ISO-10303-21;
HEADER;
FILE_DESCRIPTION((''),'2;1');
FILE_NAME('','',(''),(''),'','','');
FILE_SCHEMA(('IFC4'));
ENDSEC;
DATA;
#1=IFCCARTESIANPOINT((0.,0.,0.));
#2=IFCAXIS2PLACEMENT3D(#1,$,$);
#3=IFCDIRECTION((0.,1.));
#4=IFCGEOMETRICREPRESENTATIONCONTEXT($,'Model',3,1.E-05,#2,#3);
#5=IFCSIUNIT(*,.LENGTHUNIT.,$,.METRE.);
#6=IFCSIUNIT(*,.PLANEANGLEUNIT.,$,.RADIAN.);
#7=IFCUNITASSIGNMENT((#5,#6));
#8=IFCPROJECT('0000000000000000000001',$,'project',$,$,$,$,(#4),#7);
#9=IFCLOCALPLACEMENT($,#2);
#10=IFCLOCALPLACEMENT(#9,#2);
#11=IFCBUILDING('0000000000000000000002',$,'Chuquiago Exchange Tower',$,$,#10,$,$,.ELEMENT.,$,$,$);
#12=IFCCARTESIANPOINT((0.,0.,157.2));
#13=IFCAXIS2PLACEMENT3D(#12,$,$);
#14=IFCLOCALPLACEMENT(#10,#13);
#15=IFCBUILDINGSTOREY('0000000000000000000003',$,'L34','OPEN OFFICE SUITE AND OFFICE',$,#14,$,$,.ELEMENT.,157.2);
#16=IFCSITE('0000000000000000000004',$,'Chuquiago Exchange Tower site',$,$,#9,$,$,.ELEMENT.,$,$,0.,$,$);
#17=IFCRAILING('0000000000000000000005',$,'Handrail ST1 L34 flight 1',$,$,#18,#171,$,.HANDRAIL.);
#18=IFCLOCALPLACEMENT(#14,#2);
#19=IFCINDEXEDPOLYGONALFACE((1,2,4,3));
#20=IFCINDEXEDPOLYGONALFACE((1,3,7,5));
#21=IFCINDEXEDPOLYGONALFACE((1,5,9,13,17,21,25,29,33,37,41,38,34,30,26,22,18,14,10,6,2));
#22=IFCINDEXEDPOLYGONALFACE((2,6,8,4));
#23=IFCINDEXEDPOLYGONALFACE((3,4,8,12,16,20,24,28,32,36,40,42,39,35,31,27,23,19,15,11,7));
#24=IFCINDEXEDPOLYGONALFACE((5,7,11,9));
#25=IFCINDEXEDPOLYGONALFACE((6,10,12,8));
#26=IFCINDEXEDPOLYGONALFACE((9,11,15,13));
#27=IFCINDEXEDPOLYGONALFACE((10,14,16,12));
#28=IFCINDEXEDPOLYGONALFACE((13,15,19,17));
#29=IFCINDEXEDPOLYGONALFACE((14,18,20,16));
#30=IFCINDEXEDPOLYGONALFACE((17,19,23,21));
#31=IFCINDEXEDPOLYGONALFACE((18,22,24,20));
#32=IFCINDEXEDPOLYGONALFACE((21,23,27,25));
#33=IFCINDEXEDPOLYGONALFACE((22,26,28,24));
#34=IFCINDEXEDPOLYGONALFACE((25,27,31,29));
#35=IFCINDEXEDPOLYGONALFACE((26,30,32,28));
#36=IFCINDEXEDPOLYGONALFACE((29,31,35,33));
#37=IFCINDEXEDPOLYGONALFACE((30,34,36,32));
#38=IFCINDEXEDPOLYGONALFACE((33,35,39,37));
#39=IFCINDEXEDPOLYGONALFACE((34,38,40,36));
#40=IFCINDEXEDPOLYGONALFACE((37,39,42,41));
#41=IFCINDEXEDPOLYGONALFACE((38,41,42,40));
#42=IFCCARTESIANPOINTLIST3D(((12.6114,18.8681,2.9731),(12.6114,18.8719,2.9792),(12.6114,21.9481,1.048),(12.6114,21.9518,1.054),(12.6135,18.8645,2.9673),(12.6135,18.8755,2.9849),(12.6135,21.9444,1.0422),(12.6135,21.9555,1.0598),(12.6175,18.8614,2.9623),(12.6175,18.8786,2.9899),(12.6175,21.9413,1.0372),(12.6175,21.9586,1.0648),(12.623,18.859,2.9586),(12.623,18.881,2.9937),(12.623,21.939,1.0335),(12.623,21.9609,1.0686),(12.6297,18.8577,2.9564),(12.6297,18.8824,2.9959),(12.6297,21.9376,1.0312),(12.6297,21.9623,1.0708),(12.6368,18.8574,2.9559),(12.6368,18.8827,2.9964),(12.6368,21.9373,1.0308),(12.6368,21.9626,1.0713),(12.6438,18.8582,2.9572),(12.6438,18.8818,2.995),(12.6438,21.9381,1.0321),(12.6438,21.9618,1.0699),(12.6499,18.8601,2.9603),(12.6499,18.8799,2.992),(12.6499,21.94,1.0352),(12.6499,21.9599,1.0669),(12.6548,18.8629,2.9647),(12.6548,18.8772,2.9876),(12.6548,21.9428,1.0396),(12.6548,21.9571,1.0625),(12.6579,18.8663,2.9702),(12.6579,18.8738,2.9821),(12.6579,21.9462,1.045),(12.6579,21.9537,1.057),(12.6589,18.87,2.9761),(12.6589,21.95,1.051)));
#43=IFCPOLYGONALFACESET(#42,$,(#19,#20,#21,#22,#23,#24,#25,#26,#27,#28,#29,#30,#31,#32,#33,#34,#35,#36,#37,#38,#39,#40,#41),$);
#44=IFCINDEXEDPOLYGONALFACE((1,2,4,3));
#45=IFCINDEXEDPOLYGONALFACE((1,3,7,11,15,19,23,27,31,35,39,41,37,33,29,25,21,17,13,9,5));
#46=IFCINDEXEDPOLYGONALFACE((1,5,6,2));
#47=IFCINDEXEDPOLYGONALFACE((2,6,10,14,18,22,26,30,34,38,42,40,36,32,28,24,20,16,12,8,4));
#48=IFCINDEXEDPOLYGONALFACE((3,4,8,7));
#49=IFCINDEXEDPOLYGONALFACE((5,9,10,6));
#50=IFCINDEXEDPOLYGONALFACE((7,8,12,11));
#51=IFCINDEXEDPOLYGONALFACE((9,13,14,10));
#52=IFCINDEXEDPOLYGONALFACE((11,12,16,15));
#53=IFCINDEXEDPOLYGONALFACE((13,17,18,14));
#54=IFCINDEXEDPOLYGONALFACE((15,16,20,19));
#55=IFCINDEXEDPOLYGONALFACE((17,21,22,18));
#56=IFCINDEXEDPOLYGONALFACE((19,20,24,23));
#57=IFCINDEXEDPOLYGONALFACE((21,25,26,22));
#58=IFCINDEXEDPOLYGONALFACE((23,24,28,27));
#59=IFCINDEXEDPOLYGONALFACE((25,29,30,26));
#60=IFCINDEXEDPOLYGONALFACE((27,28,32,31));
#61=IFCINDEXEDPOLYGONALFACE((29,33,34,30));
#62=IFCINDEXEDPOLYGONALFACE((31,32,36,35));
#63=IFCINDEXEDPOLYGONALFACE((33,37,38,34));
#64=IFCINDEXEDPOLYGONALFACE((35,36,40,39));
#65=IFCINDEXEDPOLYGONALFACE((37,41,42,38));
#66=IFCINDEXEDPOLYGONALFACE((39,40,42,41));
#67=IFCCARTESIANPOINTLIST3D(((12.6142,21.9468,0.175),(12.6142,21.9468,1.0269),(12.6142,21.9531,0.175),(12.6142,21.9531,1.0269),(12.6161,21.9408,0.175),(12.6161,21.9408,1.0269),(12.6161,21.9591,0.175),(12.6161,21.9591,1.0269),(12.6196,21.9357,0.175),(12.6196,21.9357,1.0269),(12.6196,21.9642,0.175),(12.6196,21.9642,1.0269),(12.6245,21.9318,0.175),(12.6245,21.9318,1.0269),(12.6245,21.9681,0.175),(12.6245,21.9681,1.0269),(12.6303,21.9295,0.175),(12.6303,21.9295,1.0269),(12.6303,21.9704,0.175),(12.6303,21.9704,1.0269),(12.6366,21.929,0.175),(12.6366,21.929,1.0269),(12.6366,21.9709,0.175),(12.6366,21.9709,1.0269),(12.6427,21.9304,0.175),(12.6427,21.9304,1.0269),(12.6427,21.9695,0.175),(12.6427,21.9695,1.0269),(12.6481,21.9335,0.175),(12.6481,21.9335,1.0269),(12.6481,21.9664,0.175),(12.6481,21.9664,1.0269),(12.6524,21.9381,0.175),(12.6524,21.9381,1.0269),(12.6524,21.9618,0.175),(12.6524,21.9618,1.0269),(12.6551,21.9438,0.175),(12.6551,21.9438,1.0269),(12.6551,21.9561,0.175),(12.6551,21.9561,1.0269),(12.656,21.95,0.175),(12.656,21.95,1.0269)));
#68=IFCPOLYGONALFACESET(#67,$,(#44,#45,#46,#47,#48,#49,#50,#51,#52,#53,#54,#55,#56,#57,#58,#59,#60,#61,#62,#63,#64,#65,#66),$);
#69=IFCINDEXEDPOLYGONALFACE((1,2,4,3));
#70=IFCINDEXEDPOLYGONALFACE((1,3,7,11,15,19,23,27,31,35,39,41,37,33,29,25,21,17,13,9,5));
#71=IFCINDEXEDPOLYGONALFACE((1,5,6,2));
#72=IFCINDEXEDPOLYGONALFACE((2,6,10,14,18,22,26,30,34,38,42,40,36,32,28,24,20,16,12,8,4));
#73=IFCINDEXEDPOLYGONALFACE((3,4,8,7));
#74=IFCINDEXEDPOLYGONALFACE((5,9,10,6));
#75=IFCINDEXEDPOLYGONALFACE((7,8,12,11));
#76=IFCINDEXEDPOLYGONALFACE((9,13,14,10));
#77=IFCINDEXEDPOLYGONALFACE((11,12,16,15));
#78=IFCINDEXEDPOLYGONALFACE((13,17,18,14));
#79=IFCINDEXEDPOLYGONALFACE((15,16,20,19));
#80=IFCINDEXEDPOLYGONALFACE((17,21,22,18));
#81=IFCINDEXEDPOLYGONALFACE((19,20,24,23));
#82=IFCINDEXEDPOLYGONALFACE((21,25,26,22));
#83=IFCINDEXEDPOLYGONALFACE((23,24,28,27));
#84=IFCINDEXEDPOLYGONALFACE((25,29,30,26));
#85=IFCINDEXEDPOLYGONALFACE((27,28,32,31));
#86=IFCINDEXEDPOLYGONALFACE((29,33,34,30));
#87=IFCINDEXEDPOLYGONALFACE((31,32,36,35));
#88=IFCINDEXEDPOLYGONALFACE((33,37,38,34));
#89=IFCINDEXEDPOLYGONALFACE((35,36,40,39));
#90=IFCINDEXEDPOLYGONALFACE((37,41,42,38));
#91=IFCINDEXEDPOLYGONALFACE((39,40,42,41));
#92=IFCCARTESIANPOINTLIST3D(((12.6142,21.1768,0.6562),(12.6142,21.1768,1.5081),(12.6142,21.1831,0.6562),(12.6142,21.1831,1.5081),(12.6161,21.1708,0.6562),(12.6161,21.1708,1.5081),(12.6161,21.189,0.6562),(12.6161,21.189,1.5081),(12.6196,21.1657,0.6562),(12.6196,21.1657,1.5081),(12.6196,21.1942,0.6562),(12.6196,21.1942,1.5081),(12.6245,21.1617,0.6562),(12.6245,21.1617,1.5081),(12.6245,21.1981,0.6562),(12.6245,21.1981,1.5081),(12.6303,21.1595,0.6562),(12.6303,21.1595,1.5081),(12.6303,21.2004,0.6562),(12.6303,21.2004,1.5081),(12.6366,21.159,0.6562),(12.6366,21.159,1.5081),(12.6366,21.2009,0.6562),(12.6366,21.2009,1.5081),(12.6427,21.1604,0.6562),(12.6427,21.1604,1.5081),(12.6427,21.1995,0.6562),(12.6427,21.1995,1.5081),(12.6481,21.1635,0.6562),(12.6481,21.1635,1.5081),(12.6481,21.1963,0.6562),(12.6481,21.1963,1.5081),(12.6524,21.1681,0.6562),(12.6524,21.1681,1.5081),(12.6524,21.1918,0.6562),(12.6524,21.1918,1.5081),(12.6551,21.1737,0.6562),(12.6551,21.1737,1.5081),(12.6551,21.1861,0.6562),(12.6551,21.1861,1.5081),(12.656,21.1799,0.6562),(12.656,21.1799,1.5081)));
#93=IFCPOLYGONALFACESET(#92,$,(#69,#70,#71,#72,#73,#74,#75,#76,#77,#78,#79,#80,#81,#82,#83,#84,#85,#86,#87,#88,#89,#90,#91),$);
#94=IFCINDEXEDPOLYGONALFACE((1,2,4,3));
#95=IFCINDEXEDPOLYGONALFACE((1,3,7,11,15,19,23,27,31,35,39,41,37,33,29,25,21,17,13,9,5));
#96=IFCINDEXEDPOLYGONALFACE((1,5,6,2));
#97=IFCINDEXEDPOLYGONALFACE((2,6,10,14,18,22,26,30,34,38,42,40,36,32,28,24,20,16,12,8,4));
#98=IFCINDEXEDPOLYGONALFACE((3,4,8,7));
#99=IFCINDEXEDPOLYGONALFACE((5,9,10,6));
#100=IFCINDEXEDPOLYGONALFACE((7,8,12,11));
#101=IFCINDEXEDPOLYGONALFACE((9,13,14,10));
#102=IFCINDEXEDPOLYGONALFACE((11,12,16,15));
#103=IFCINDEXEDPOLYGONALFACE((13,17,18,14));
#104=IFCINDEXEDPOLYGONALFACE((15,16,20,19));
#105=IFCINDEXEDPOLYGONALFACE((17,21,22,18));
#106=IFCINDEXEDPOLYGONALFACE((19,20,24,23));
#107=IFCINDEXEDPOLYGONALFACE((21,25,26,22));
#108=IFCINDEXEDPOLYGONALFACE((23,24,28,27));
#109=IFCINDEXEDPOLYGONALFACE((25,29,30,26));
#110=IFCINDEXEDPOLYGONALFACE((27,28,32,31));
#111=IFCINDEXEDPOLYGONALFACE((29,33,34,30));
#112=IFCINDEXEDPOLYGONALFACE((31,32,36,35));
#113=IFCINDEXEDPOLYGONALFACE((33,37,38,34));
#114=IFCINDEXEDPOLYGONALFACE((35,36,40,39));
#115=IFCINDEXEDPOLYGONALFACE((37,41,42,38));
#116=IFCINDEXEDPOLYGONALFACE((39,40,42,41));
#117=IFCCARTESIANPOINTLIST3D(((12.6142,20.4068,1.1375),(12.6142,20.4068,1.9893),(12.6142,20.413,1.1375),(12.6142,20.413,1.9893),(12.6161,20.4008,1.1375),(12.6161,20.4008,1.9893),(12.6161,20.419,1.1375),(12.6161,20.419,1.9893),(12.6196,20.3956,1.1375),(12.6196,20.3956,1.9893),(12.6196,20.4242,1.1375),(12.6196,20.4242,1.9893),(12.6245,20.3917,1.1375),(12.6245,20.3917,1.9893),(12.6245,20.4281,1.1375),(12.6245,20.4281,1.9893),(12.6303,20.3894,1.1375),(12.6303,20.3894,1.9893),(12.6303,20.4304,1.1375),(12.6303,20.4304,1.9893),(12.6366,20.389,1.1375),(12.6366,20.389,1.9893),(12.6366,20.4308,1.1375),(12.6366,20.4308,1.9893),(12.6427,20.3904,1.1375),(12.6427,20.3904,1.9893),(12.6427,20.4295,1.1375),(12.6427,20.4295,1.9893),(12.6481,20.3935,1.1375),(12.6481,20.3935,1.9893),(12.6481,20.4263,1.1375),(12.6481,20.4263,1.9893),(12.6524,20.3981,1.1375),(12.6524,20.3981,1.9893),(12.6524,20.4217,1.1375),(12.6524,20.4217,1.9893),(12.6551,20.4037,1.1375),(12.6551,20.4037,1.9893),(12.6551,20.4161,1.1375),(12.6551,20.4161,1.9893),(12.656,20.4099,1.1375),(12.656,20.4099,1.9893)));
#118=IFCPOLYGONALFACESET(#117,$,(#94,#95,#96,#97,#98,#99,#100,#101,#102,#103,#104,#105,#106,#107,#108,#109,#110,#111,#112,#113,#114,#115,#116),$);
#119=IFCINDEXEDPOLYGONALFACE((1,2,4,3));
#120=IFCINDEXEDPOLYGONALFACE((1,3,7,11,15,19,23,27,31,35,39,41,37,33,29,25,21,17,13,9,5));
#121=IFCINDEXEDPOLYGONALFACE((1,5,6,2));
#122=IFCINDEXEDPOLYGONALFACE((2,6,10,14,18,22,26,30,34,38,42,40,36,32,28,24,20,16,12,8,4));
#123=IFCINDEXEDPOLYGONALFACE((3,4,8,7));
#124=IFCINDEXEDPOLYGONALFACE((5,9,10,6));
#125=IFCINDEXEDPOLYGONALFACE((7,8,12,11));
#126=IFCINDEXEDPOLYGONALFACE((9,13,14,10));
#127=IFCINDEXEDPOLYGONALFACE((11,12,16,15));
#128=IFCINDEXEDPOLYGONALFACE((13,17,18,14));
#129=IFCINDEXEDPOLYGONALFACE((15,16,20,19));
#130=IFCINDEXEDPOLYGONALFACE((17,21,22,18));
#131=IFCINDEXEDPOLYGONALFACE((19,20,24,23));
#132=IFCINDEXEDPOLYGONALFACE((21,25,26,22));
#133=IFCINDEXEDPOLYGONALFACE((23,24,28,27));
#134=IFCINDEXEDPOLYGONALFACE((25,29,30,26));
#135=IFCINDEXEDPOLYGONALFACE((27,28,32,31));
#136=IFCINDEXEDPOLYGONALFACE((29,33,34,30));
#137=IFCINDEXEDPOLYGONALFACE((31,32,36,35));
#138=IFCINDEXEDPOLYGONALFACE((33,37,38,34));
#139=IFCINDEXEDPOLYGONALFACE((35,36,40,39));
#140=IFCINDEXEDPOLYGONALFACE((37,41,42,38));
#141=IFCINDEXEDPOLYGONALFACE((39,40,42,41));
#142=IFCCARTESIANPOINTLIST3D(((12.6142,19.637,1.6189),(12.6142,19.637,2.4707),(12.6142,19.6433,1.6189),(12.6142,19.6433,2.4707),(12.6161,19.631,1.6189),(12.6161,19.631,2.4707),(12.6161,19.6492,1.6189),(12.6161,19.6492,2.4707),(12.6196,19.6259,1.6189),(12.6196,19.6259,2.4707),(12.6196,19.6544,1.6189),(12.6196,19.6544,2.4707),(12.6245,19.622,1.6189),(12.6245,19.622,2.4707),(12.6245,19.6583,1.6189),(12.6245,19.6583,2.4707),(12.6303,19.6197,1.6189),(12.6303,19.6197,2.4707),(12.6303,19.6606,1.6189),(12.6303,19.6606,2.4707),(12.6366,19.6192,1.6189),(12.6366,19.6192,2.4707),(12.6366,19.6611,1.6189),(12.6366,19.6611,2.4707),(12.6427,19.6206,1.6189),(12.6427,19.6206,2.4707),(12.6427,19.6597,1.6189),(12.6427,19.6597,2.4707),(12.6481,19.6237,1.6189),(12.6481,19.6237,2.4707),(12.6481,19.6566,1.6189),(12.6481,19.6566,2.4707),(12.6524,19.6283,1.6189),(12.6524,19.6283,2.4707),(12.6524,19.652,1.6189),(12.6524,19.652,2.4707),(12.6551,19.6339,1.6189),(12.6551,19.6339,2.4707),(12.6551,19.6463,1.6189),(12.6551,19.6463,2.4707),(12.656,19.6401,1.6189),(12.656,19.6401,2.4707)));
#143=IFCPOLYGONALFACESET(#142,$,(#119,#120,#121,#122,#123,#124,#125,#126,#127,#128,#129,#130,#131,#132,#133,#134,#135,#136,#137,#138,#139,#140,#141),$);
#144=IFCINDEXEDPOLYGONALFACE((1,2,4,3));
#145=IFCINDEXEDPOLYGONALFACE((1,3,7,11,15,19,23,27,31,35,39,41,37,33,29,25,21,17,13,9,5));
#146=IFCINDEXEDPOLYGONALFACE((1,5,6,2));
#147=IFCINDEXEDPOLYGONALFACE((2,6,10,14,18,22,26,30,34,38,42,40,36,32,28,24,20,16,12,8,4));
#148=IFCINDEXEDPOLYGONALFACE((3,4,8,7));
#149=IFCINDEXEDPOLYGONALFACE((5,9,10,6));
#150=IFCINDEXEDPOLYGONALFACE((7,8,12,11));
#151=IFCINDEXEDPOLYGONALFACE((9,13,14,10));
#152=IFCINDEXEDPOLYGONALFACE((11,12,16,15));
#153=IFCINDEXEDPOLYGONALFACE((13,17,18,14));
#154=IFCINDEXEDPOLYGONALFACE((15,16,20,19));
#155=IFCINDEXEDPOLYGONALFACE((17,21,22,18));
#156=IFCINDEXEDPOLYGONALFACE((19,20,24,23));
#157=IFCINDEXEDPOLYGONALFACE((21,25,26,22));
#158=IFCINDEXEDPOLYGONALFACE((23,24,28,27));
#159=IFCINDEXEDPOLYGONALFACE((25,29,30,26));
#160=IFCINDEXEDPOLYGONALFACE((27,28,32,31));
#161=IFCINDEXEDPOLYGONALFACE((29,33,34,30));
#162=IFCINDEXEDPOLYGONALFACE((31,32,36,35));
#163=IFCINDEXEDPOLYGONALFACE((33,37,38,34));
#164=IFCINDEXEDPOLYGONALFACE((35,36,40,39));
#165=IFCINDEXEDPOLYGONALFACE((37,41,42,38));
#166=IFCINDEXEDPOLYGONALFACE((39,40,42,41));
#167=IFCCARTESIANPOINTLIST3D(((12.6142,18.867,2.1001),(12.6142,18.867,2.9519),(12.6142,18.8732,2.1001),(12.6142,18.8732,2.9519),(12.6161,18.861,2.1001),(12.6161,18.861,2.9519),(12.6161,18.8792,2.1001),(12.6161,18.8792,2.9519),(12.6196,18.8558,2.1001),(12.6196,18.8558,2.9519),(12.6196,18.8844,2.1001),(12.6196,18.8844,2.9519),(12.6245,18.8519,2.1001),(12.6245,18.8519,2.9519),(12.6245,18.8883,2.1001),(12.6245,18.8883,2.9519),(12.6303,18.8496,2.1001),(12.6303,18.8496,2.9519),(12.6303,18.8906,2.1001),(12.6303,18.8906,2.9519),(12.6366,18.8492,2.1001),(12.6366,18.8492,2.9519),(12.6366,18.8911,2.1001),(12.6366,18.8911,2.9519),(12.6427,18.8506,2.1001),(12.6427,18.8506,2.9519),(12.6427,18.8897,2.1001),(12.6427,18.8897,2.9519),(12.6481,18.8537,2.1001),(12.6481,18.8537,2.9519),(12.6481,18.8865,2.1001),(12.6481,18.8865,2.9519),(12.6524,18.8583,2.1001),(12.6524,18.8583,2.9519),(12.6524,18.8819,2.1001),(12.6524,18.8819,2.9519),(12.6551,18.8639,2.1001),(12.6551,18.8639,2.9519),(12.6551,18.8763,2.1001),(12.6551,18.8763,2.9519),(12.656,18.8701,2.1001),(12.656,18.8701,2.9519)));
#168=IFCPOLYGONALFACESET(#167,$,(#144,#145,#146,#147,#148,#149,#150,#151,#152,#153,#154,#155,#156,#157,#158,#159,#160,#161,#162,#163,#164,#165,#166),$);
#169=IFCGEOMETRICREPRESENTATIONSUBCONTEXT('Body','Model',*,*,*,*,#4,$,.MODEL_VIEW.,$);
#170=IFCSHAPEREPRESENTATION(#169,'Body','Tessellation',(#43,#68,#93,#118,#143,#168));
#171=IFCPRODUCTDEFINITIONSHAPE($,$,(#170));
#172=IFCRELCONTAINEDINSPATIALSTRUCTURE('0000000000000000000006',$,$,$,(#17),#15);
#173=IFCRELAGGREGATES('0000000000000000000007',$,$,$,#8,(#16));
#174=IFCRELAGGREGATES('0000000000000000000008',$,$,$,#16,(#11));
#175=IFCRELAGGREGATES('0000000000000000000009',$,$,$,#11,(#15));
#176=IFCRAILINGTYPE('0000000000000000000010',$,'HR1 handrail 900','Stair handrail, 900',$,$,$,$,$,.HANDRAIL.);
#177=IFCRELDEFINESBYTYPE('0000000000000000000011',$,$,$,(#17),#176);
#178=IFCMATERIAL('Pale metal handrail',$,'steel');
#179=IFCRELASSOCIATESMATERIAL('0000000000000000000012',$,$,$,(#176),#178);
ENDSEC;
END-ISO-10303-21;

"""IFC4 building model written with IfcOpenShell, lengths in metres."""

from ifc_helpers import new_model, si_unit, direction, frame, origin, origin_2d, place, context, subcontext, project, spatial, circle, extrude, material, type_object, element, save


model = new_model("IFC4")

# Units and contexts
model_context = context("Model", 3, precision=1e-05, world=origin(), true_north=direction((0.0, 1.0)))
body_context = subcontext(model_context, "Body", "Model", "MODEL_VIEW")
ifc_project = project(units=[si_unit("LENGTHUNIT", "METRE"), si_unit("PLANEANGLEUNIT", "RADIAN")], contexts=[model_context])

# Site, building, storey
site_placement = place(None, origin())
site = spatial("IfcSite", under=ifc_project, at=site_placement, Name="Chuquiago Exchange Tower site", CompositionType="ELEMENT", RefElevation=0.0)
building_placement = place(site_placement, origin())
building = spatial("IfcBuilding", under=site, at=building_placement, Name="Chuquiago Exchange Tower", CompositionType="ELEMENT")
storey_placement = place(building_placement, frame((0.0, 0.0, 157.2)))
storey = spatial("IfcBuildingStorey", under=building, at=storey_placement, Name="L34", Description="OPEN OFFICE SUITE AND OFFICE", CompositionType="ELEMENT", Elevation=157.2)

# Railing
ifc_material_1 = material(Name="Pale metal handrail", Category="steel")
railing_type = type_object("IfcRailingType", Name="HR1 handrail 900", Description="Stair handrail, 900", PredefinedType="HANDRAIL", material=ifc_material_1)
for number, where, name in (
    (1, (12.635, 21.95, 0.175), "Handrail ST1 L34 flight 1"),
):
    element("IfcRailing", number, at=place(storey_placement, frame(where)), inside=storey, type_object=railing_type, Name=name, PredefinedType="HANDRAIL", context=body_context, shape_type="SweptSolid", body=[
        extrude(circle(Radius=0.0239, at=origin_2d()), frame((0.0, 0.0, 0.876), z_axis=(0.0, -0.847979, 0.530029), x_axis=(1.0, 0.0, 0.0)), (0.0, 0.0, 1.0), 3.6321),
        extrude(circle(Radius=0.021, at=origin_2d()), origin(), (0.0, 0.0, 1.0), 0.8518),
        extrude(circle(Radius=0.021, at=origin_2d()), frame((0.0, -0.77, 0.4812)), (0.0, 0.0, 1.0), 0.8518),
        extrude(circle(Radius=0.021, at=origin_2d()), frame((0.0, -1.54, 0.9624)), (0.0, 0.0, 1.0), 0.8518),
        extrude(circle(Radius=0.021, at=origin_2d()), frame((0.0, -2.3098, 1.4438)), (0.0, 0.0, 1.0), 0.8518),
        extrude(circle(Radius=0.021, at=origin_2d()), frame((0.0, -3.0798, 1.925)), (0.0, 0.0, 1.0), 0.8518),
    ])

save(model, "model.ifc")
